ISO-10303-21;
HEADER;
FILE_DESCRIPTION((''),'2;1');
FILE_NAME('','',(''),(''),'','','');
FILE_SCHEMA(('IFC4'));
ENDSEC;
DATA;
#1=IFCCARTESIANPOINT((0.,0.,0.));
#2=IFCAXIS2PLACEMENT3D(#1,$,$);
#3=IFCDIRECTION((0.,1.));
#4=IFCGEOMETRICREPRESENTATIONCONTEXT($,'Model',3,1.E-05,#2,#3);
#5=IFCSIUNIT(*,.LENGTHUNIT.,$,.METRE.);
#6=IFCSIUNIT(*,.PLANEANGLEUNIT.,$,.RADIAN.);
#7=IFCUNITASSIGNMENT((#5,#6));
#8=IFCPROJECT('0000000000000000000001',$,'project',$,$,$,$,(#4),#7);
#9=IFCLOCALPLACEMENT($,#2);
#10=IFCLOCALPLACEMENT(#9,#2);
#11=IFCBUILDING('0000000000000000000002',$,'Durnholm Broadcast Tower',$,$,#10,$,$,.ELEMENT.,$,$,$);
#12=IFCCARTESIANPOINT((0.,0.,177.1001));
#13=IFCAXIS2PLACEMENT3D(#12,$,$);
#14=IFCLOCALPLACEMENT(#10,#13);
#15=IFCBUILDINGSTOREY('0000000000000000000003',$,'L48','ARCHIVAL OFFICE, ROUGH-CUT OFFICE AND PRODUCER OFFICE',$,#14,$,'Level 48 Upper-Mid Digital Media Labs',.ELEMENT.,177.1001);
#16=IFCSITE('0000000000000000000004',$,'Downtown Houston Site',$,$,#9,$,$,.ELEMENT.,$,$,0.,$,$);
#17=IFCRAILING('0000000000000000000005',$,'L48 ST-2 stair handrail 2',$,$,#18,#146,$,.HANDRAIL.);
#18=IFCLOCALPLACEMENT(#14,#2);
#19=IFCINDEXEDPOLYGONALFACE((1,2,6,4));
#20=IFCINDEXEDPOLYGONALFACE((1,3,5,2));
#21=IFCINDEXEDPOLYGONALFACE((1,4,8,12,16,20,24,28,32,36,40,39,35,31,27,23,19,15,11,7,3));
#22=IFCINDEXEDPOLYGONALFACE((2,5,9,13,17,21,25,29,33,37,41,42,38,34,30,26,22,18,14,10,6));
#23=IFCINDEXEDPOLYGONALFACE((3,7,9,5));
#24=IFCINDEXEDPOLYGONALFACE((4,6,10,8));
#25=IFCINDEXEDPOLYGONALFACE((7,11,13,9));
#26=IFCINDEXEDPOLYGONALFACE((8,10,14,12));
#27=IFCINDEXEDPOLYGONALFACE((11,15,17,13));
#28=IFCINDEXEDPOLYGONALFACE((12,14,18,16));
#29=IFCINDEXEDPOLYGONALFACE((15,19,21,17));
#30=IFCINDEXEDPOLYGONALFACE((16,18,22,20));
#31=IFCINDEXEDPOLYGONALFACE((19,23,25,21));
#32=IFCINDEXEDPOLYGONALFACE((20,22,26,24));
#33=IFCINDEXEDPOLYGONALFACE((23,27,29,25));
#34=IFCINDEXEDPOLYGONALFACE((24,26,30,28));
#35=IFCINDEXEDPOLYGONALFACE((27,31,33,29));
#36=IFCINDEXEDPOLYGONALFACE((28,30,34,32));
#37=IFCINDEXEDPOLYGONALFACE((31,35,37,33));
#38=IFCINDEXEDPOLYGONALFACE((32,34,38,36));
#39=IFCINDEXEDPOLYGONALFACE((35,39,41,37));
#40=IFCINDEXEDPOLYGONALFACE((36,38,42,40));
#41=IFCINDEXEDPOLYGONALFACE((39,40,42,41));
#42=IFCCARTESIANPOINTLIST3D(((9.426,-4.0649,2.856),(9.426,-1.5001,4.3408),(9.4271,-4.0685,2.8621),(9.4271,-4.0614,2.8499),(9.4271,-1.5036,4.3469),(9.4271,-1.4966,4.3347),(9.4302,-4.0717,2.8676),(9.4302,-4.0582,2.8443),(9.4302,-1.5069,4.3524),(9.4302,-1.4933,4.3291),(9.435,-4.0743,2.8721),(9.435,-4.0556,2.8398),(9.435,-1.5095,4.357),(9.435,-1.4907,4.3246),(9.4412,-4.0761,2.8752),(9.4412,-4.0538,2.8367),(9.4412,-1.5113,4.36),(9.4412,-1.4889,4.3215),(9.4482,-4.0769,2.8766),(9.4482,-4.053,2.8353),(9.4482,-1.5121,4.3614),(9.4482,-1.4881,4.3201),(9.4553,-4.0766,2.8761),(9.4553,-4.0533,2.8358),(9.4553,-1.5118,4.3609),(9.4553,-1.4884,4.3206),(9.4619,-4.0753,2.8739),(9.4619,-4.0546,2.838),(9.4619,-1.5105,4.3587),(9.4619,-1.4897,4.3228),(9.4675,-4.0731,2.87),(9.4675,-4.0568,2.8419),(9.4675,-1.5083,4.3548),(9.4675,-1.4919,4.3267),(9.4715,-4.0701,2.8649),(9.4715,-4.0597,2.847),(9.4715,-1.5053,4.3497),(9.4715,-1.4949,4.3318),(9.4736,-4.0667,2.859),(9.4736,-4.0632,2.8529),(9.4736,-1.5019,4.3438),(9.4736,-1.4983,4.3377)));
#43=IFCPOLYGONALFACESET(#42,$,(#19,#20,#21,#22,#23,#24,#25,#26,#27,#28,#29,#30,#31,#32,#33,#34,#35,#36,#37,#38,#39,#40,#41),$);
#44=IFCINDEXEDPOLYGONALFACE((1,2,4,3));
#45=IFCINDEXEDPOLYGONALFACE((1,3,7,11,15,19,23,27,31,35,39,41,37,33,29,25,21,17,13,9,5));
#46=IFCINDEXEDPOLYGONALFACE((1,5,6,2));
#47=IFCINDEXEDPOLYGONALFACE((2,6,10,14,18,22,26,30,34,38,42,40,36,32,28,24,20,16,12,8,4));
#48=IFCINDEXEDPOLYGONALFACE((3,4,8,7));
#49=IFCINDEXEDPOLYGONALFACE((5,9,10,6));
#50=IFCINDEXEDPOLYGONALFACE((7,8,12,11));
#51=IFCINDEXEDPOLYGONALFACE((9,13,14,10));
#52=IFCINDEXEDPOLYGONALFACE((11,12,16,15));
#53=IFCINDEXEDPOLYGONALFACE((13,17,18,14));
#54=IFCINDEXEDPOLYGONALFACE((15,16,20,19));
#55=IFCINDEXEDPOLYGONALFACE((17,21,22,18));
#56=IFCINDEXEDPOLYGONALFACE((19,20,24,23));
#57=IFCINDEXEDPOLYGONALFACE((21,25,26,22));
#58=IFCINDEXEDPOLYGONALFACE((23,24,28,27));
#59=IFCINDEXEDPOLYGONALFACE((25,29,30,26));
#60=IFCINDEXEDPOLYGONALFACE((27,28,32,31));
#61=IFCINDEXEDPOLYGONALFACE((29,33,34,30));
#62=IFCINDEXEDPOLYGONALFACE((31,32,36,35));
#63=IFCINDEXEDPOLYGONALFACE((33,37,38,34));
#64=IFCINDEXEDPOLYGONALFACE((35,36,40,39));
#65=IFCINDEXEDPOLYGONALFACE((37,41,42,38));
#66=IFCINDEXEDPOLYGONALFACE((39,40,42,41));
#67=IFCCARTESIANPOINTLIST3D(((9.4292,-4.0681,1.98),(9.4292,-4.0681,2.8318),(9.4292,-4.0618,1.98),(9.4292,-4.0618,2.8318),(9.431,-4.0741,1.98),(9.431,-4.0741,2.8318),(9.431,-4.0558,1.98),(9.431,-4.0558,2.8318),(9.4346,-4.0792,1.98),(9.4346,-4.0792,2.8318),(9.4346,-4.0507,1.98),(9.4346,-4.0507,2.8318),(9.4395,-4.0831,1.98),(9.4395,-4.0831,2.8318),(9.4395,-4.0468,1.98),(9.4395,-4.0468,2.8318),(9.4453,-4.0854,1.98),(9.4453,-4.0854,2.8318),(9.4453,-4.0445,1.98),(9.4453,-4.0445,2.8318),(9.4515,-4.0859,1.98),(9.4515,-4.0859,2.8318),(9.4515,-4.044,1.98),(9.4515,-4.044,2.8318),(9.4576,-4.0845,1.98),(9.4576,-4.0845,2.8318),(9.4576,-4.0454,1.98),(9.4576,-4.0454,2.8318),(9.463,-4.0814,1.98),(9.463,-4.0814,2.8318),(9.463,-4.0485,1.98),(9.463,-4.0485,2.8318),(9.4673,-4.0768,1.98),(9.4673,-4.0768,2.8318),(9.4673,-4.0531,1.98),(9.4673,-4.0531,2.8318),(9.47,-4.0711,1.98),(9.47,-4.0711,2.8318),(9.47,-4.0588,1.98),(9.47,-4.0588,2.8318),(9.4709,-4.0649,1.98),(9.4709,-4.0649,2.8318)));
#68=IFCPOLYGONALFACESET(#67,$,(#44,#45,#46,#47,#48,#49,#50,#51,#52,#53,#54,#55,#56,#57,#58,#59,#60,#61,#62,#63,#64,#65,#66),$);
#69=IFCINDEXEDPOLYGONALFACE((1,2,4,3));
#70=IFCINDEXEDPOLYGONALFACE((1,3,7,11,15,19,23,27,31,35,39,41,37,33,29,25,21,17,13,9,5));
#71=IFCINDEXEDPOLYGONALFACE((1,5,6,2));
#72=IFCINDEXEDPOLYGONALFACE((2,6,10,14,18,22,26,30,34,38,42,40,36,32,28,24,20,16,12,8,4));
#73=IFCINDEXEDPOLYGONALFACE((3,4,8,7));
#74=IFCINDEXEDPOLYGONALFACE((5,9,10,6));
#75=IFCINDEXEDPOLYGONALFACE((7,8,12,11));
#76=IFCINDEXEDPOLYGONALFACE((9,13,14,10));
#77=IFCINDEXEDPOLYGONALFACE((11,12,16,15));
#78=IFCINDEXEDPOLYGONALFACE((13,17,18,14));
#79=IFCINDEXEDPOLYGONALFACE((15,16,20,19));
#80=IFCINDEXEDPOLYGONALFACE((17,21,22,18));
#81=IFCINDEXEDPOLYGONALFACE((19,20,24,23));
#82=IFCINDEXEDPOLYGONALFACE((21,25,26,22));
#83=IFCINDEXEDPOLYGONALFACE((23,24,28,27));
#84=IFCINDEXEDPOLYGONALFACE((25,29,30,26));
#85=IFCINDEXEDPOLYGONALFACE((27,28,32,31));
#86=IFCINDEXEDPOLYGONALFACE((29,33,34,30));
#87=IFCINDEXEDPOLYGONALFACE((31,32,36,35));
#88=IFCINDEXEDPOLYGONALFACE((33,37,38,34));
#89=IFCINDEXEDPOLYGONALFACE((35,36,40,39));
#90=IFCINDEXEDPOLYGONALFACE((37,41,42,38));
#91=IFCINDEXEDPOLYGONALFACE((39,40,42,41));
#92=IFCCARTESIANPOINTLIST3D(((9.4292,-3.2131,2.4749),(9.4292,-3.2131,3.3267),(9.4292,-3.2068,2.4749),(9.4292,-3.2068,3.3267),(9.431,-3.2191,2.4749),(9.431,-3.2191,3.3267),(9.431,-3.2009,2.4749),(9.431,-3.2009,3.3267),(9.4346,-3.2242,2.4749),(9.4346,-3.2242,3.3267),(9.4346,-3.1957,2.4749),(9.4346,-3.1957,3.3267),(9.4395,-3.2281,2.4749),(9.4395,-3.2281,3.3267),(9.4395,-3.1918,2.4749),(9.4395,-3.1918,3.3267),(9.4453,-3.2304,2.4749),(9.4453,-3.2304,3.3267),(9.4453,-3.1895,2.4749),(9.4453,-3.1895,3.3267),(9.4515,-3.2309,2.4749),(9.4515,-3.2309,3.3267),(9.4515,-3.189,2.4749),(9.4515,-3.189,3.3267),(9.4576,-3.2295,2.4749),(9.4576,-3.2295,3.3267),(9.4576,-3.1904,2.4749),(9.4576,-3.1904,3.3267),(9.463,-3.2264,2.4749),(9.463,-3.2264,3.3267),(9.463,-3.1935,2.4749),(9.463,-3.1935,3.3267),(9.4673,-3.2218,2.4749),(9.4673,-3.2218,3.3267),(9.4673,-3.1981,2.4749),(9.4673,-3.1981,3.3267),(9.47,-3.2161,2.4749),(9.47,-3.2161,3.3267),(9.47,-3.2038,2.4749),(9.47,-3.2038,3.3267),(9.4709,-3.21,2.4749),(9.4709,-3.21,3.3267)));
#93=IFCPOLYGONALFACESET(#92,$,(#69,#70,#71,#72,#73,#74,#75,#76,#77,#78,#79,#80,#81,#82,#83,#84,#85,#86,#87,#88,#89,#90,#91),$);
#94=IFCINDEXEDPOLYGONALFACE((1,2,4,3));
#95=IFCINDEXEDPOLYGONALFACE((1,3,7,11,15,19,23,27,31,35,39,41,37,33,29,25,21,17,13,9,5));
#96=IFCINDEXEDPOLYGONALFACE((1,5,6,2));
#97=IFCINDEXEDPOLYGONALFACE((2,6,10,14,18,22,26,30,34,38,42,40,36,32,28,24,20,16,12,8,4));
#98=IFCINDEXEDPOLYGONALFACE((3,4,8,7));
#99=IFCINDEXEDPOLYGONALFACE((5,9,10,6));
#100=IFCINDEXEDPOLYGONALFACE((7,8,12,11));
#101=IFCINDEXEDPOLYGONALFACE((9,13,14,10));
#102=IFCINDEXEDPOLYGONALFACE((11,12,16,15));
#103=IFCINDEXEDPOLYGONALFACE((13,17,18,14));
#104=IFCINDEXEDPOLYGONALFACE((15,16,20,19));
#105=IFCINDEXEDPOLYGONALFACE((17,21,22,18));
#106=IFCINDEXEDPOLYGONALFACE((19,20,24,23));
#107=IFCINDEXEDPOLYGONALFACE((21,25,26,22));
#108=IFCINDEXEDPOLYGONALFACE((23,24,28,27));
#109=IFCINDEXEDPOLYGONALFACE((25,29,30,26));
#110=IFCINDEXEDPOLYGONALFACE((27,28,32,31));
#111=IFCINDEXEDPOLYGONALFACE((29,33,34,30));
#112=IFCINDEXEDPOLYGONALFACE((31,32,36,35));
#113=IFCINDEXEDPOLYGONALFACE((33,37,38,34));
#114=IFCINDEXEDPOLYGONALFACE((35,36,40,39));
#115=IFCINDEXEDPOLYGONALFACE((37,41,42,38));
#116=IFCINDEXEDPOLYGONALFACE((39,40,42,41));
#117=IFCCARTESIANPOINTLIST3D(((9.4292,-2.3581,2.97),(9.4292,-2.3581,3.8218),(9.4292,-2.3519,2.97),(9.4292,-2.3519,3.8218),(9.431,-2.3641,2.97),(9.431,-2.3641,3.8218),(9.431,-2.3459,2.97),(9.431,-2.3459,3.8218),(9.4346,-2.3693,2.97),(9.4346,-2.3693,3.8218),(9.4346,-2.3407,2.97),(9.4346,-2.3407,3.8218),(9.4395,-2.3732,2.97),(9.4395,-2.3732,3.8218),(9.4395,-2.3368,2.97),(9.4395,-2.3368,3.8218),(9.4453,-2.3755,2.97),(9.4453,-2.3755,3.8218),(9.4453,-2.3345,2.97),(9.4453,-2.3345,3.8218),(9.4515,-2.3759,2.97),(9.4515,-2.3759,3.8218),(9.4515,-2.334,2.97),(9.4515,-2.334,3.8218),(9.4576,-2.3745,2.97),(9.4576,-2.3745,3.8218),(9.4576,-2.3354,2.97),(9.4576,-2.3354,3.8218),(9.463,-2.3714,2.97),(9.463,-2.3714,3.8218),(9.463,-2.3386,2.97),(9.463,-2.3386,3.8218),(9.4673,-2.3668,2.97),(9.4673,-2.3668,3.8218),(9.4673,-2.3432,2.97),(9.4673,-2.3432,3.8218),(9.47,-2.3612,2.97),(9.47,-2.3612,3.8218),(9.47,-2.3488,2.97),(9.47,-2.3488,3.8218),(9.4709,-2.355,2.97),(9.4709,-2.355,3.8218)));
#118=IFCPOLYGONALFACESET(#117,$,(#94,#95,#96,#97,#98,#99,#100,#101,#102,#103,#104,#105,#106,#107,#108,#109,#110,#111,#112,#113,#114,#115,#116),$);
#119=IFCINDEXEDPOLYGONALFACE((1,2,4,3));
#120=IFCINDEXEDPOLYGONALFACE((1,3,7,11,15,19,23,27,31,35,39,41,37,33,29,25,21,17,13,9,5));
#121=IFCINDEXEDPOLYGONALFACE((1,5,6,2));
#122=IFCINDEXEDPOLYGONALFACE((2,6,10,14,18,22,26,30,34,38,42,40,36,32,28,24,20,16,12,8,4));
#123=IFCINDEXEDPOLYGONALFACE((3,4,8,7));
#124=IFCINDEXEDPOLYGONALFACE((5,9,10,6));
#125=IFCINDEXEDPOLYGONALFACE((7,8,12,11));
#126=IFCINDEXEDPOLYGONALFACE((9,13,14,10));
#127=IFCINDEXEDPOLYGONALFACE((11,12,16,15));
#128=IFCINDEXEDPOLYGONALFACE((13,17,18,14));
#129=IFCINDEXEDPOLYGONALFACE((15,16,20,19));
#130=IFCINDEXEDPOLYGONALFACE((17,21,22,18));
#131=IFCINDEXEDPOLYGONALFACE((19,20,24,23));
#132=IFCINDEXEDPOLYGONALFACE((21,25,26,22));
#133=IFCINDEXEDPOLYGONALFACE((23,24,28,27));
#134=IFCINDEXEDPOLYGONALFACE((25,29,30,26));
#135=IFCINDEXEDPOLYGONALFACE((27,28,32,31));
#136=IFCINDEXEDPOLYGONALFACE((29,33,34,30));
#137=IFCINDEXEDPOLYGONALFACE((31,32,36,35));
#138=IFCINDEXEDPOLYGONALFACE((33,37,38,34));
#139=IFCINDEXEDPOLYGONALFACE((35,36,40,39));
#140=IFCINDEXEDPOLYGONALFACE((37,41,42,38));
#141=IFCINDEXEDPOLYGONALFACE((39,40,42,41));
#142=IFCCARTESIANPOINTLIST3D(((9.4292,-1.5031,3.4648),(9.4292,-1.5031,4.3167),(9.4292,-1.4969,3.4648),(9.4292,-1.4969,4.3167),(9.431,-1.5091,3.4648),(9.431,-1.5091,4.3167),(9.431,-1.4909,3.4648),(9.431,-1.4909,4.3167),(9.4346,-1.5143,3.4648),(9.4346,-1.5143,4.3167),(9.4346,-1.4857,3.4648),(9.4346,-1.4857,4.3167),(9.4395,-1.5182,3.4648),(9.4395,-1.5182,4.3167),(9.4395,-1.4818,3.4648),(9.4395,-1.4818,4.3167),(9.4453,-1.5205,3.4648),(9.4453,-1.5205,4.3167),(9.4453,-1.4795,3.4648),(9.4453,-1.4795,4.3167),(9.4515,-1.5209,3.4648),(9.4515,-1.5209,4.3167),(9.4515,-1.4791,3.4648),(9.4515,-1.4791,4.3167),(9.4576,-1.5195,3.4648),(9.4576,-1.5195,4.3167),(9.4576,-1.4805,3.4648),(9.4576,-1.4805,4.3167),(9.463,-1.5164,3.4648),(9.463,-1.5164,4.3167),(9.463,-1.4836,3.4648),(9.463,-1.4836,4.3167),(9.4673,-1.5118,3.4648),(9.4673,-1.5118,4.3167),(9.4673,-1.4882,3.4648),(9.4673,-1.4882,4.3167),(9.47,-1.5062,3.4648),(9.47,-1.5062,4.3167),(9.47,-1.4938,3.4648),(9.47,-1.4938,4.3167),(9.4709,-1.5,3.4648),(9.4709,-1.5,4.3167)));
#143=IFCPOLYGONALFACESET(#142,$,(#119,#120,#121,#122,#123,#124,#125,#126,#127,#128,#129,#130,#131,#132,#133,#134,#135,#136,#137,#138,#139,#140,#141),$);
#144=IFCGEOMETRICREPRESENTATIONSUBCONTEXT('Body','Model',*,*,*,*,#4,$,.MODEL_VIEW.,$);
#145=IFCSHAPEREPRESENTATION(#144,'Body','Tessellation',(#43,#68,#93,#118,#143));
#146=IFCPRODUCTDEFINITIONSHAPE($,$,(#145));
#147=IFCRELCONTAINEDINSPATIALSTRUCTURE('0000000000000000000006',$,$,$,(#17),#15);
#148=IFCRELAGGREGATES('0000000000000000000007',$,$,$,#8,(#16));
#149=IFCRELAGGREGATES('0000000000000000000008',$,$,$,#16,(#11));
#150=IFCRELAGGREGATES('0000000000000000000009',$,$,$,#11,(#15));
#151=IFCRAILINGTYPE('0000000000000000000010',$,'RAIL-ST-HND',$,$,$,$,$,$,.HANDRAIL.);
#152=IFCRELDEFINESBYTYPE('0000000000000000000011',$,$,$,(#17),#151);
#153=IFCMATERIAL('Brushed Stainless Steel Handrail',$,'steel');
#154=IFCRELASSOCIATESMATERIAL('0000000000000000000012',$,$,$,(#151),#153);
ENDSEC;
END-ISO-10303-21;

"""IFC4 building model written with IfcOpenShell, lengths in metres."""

from ifc_helpers import new_model, si_unit, direction, frame, origin, origin_2d, place, context, subcontext, project, spatial, circle, extrude, material, type_object, element, save


model = new_model("IFC4")

# Units and contexts
model_context = context("Model", 3, precision=1e-05, world=origin(), true_north=direction((0.0, 1.0)))
body_context = subcontext(model_context, "Body", "Model", "MODEL_VIEW")
ifc_project = project(units=[si_unit("LENGTHUNIT", "METRE"), si_unit("PLANEANGLEUNIT", "RADIAN")], contexts=[model_context])

# Site, building, storey
site_placement = place(None, origin())
site = spatial("IfcSite", under=ifc_project, at=site_placement, Name="Downtown Houston Site", CompositionType="ELEMENT", RefElevation=0.0)
building_placement = place(site_placement, origin())
building = spatial("IfcBuilding", under=site, at=building_placement, Name="Durnholm Broadcast Tower", CompositionType="ELEMENT")
storey_placement = place(building_placement, frame((0.0, 0.0, 177.1001)))
storey = spatial("IfcBuildingStorey", under=building, at=storey_placement, Name="L48", Description="ARCHIVAL OFFICE, ROUGH-CUT OFFICE AND PRODUCER OFFICE", LongName="Level 48 Upper-Mid Digital Media Labs", CompositionType="ELEMENT", Elevation=177.1001)

# Railing
ifc_material_1 = material(Name="Brushed Stainless Steel Handrail", Category="steel")
railing_type_1 = type_object("IfcRailingType", Name="RAIL-ST-HND", PredefinedType="HANDRAIL", material=ifc_material_1)
railing_1_placement = place(storey_placement, frame((9.45, -4.0649, 1.98)))
element("IfcRailing", 1, at=railing_1_placement, inside=storey, type_object=railing_type_1, Name="L48 ST-2 stair handrail 2", PredefinedType="HANDRAIL", context=body_context, shape_type="SweptSolid", body=[
    extrude(circle(Radius=0.0239, at=origin_2d()), frame((0.0, 0.0, 0.876), z_axis=(0.0, 0.865441, 0.50101), x_axis=(-1.0, 0.0, 0.0)), (0.0, 0.0, 1.0), 2.9636),
    extrude(circle(Radius=0.021, at=origin_2d()), origin(), (0.0, 0.0, 1.0), 0.8518),
    extrude(circle(Radius=0.021, at=origin_2d()), frame((0.0, 0.855, 0.4949)), (0.0, 0.0, 1.0), 0.8518),
    extrude(circle(Radius=0.021, at=origin_2d()), frame((0.0, 1.71, 0.99)), (0.0, 0.0, 1.0), 0.8518),
    extrude(circle(Radius=0.021, at=origin_2d()), frame((0.0, 2.5649, 1.4849)), (0.0, 0.0, 1.0), 0.8518),
])

save(model, "model.ifc")
